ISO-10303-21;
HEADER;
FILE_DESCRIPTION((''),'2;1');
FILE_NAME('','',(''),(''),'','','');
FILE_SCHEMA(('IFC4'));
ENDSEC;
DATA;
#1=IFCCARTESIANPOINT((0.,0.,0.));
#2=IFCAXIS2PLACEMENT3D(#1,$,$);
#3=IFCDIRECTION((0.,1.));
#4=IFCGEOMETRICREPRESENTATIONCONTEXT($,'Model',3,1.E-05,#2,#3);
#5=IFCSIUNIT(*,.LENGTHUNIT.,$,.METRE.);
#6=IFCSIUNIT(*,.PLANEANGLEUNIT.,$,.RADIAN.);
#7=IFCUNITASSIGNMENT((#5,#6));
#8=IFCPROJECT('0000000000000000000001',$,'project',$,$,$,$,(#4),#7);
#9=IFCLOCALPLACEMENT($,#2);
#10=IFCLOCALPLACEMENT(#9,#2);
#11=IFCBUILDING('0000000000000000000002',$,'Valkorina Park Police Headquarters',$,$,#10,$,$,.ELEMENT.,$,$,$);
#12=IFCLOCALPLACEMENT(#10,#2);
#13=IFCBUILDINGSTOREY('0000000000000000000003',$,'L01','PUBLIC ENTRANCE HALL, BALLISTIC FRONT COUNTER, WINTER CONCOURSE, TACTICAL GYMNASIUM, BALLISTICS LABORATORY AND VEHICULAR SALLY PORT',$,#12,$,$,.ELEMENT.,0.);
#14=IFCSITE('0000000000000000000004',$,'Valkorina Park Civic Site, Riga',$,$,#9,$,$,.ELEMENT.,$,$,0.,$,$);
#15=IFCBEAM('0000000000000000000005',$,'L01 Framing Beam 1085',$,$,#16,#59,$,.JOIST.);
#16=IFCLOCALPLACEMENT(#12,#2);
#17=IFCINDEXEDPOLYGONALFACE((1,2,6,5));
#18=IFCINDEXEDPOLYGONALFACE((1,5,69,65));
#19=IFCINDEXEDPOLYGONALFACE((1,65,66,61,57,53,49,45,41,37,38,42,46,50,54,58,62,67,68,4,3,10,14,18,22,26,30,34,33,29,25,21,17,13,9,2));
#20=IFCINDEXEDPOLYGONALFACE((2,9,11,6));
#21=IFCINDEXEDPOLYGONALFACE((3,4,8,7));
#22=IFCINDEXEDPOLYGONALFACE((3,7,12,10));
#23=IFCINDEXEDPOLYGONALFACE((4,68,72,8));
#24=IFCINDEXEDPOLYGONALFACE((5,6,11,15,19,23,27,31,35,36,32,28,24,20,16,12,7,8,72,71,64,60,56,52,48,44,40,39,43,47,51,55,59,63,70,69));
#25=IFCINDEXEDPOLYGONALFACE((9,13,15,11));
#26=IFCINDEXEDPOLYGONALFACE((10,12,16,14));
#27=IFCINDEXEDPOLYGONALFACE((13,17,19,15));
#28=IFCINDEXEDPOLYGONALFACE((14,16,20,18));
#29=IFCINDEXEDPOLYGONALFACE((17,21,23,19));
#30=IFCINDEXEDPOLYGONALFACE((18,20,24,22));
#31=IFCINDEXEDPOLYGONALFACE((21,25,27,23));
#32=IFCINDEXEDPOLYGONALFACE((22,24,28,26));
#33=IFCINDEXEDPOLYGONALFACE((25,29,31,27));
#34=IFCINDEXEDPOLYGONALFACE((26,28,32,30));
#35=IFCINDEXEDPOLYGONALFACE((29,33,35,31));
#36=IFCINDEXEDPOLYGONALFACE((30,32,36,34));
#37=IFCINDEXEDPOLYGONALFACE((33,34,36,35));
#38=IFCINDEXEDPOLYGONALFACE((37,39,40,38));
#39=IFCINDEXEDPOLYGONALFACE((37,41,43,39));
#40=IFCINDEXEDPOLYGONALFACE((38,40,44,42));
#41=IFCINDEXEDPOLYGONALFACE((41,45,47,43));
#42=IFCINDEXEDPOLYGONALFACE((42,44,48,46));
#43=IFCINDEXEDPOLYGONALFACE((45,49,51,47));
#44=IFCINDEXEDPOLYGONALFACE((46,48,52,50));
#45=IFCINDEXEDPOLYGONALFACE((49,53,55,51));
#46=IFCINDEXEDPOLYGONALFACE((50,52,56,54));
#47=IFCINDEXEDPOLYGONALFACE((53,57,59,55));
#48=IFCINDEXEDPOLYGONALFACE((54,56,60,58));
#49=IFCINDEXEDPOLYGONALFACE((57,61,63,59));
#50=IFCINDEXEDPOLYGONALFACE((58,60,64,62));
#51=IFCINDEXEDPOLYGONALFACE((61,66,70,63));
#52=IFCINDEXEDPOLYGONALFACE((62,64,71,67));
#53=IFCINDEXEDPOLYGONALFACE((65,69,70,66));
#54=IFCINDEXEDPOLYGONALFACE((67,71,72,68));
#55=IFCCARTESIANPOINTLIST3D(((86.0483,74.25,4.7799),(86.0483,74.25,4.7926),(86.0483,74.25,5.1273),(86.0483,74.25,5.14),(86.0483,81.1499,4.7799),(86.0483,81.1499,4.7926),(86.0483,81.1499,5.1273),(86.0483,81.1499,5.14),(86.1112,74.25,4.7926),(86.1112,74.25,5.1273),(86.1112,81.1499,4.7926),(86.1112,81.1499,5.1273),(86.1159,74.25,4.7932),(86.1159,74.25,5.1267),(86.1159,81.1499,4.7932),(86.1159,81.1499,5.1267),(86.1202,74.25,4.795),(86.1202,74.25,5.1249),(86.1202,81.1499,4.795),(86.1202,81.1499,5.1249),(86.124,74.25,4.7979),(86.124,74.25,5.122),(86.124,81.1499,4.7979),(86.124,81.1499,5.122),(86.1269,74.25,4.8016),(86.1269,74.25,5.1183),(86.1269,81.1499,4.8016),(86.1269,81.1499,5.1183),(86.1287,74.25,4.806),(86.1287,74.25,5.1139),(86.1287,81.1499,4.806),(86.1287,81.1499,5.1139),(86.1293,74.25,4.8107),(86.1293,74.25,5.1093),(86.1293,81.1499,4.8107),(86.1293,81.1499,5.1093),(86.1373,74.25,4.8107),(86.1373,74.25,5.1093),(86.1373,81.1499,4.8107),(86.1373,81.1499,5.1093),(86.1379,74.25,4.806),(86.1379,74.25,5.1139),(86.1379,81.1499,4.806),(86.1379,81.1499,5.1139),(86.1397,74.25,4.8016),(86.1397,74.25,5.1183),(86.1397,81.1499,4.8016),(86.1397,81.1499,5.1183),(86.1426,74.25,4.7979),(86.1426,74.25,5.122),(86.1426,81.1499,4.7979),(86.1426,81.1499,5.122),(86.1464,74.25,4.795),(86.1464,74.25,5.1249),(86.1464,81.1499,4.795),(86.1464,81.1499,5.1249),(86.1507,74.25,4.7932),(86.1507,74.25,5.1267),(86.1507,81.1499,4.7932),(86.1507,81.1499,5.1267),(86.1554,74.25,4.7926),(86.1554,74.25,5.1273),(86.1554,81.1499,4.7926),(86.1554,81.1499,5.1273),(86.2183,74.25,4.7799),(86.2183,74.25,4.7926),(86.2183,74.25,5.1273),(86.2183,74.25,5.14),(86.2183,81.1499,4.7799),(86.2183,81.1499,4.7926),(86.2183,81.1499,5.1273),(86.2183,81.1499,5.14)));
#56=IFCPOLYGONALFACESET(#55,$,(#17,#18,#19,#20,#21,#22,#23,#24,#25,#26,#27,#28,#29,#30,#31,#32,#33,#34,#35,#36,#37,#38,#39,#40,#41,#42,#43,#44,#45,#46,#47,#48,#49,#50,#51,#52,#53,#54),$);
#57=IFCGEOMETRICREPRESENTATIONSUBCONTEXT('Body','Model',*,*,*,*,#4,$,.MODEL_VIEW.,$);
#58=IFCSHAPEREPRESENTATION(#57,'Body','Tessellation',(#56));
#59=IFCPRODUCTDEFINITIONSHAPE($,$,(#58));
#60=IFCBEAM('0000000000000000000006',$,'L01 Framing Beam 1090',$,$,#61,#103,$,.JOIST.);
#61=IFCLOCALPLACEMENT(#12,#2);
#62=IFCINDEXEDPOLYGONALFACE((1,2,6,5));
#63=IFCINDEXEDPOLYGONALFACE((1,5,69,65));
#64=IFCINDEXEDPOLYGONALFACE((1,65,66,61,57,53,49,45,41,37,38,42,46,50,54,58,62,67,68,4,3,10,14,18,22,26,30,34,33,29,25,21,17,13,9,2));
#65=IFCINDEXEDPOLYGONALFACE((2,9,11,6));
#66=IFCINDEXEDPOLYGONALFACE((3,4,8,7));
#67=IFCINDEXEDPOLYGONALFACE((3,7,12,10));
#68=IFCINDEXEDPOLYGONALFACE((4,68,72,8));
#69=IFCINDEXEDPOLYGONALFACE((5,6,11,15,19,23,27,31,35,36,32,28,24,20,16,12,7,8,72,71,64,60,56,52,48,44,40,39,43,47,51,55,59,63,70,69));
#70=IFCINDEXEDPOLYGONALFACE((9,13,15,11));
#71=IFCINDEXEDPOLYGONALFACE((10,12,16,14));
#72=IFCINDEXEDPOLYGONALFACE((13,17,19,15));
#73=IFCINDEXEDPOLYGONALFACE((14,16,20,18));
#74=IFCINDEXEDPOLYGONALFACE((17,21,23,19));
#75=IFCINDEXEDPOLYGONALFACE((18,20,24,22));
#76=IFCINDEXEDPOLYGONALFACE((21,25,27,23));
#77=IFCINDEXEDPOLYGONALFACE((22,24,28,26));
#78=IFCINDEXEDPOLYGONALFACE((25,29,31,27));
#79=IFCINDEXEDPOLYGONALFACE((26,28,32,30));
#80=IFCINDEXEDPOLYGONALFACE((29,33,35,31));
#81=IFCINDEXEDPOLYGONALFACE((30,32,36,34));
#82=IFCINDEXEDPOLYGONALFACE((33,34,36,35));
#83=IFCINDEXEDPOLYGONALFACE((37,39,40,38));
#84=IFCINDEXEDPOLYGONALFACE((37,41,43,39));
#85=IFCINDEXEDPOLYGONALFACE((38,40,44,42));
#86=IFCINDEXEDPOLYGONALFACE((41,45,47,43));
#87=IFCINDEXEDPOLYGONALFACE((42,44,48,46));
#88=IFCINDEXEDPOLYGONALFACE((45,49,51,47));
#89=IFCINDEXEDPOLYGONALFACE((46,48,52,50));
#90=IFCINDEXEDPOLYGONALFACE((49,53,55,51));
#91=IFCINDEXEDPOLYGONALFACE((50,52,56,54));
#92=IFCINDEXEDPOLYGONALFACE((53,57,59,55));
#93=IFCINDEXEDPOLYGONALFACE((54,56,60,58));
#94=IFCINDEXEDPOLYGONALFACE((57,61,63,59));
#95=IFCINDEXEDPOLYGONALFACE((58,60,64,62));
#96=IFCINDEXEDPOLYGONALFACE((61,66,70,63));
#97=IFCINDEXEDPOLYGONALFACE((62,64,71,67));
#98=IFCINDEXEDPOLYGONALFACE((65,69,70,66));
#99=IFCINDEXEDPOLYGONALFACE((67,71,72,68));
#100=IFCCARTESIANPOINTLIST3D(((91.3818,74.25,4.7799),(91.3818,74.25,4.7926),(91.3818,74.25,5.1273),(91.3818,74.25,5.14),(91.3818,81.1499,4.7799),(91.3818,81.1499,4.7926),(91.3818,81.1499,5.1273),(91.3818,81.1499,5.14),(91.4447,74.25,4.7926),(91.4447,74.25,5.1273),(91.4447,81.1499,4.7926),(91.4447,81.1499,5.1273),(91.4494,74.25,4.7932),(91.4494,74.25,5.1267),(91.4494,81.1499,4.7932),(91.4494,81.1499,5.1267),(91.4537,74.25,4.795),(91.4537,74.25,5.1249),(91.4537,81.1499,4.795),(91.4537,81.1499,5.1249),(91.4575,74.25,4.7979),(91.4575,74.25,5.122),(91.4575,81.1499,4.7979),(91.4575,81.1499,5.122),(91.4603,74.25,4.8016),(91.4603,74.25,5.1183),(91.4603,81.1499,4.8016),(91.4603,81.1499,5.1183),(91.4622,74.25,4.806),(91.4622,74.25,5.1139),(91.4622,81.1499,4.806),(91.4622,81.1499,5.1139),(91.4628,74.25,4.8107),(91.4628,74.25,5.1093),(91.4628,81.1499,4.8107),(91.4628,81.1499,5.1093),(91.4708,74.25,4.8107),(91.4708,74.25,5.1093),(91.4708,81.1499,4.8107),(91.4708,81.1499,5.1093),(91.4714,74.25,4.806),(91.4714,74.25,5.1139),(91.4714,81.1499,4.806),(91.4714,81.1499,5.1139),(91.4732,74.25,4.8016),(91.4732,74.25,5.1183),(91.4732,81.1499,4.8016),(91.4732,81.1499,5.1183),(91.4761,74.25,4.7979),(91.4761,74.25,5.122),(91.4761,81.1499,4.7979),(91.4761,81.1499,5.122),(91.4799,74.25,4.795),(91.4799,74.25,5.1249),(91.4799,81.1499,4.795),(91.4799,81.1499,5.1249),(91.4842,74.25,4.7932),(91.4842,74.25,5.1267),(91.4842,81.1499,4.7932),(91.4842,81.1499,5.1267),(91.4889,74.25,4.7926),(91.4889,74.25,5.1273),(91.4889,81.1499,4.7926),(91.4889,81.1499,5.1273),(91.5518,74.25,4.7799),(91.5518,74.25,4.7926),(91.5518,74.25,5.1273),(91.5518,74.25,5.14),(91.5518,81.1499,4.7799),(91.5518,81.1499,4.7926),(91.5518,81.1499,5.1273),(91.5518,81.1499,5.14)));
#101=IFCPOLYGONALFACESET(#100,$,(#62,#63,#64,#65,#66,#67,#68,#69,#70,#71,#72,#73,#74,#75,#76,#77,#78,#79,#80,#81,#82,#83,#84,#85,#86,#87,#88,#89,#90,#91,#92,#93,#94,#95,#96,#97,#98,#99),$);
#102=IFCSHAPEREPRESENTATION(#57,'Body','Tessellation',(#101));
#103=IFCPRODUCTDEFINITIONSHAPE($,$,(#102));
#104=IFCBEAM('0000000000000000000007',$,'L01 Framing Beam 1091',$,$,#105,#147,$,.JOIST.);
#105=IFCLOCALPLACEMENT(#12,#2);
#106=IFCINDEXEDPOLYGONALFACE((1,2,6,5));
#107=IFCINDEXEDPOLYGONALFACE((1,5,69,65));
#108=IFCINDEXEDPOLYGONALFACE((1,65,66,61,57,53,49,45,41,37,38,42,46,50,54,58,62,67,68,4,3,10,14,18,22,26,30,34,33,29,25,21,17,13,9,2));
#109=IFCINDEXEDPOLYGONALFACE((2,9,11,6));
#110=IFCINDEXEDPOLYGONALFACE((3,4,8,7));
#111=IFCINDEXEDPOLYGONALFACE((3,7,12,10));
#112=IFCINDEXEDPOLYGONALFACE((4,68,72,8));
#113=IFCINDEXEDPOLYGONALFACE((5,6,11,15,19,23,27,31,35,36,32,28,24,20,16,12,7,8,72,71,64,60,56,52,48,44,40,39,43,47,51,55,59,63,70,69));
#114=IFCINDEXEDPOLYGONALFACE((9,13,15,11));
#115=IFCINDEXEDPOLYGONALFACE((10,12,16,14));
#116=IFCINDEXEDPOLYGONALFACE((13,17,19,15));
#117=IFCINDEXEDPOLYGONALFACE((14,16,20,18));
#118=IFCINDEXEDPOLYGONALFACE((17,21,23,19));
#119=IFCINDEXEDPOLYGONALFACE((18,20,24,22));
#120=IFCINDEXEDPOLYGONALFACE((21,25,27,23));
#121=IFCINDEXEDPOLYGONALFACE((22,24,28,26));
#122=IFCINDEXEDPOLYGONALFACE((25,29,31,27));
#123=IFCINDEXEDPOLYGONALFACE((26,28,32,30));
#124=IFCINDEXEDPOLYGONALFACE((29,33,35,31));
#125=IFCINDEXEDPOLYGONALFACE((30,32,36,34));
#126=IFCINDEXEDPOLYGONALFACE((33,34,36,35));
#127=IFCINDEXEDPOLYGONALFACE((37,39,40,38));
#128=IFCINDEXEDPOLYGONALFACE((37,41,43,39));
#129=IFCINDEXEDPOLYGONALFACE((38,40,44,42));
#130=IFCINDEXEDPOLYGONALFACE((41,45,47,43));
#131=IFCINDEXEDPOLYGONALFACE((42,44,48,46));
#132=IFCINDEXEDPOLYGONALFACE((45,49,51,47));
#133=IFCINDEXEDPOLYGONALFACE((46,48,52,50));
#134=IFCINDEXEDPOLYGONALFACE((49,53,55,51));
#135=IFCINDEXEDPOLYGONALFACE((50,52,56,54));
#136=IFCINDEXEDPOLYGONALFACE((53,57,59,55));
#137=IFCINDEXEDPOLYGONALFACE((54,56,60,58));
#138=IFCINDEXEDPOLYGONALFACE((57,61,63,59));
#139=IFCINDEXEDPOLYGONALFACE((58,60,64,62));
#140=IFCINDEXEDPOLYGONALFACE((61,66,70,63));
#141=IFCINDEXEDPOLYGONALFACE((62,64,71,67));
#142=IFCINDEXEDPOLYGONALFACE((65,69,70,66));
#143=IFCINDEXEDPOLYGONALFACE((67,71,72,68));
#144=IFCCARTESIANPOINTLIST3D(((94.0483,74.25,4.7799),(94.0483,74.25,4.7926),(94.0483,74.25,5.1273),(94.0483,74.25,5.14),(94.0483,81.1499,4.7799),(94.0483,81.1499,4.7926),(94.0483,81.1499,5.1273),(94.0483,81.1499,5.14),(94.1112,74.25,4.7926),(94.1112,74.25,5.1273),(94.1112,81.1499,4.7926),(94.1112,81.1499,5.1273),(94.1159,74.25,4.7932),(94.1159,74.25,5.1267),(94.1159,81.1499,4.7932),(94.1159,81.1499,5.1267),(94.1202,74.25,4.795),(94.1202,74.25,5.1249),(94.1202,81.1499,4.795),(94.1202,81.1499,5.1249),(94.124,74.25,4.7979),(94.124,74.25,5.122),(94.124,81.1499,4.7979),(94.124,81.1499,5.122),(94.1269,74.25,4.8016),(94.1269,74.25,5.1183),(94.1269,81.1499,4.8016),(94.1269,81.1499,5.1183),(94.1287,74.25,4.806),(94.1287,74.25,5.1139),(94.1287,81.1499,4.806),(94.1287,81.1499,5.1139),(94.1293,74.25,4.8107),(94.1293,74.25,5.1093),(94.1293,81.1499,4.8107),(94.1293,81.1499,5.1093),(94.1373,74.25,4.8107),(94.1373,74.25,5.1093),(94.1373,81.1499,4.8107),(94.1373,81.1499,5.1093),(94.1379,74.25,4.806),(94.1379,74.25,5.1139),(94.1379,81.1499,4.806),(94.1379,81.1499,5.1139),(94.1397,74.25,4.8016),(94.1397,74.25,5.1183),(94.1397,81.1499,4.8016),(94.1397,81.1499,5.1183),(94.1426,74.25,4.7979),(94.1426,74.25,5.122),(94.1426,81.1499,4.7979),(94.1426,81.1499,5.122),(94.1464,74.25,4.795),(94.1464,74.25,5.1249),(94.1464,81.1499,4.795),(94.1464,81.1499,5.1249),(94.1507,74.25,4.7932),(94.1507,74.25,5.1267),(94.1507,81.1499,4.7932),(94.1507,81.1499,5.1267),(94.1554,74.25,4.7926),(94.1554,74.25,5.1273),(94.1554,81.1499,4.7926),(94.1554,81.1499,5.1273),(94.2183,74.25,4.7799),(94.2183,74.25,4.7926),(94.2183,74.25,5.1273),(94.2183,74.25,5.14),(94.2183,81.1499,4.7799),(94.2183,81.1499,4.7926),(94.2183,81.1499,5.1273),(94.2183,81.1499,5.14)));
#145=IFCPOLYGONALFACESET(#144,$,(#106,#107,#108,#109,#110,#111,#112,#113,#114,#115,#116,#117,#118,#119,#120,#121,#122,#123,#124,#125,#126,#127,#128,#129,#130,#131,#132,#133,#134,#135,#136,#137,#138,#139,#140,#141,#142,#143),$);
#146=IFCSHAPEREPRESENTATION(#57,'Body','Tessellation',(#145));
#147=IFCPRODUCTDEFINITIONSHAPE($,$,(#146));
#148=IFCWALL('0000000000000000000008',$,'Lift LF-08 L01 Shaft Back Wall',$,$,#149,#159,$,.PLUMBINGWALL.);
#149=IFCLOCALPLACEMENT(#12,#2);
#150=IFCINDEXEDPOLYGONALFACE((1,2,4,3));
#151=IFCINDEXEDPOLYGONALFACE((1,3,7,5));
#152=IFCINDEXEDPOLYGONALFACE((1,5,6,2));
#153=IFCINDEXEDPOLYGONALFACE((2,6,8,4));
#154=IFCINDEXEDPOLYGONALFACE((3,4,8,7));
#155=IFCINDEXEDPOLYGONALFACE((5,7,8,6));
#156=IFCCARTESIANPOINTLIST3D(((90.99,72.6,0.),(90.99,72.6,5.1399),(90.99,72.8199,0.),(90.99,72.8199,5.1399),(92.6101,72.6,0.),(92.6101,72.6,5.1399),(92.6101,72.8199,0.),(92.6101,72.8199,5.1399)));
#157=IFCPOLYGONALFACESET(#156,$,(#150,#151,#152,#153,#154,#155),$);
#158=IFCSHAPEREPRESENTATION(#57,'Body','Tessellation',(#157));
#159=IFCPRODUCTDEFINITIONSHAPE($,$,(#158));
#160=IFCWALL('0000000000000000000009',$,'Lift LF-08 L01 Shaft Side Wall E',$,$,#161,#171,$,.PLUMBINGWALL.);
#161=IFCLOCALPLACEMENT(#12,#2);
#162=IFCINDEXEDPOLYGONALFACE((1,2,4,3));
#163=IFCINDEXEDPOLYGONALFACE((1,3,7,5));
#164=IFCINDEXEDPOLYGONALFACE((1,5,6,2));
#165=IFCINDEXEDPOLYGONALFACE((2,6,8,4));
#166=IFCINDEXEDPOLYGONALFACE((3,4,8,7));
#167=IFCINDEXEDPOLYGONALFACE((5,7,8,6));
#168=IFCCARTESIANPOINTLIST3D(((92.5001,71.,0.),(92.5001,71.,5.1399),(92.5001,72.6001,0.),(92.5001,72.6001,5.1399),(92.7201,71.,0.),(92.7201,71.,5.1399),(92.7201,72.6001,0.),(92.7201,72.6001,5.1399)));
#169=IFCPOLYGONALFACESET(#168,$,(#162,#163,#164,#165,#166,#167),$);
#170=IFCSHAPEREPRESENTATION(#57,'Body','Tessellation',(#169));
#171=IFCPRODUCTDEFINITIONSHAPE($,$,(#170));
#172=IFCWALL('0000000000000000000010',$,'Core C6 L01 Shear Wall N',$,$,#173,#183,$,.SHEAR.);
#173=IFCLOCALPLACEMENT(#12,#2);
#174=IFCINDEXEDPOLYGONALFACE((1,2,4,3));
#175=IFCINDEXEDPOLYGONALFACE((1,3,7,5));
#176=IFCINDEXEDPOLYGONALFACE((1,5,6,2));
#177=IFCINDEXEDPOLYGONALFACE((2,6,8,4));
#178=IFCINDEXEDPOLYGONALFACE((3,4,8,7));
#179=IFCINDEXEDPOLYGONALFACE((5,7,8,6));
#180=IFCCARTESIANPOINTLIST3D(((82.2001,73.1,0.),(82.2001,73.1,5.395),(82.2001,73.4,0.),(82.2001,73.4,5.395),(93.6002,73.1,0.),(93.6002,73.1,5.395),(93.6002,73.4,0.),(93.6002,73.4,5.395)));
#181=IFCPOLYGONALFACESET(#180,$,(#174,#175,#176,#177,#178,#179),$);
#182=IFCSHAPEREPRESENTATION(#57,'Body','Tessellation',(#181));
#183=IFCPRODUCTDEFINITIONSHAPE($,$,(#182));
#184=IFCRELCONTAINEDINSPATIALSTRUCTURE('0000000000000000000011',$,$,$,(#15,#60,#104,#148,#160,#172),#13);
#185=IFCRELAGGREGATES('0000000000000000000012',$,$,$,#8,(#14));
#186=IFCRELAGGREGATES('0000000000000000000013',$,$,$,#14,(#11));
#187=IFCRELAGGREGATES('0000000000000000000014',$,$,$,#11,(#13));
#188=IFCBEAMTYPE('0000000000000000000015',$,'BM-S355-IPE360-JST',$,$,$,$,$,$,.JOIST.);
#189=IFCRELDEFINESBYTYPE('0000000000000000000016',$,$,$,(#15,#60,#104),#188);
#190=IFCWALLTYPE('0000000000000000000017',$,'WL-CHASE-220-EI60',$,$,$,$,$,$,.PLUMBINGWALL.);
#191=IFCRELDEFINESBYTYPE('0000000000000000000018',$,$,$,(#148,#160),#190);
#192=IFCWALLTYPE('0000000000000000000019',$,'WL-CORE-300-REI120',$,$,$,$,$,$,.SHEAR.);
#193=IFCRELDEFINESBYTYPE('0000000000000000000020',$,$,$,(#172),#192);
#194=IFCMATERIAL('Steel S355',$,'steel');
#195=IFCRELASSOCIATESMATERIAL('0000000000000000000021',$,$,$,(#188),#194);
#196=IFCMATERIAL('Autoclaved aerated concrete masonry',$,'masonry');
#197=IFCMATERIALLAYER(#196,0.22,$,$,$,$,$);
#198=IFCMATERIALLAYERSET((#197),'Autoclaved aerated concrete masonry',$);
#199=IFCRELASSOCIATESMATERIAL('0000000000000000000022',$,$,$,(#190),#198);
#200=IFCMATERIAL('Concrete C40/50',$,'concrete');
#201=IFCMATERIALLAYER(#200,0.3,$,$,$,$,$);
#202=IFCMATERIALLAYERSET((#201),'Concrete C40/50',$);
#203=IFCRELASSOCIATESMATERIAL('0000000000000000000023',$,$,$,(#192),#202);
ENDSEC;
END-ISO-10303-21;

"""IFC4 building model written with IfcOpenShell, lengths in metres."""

from ifc_helpers import new_model, si_unit, direction, frame, frame_2d, origin, origin_2d, place, context, subcontext, project, spatial, rectangle, i_section, extrude, material, layer, layer_set, material_profile, profile_set, type_object, element, save


model = new_model("IFC4")

# Units and contexts
model_context = context("Model", 3, precision=1e-05, world=origin(), true_north=direction((0.0, 1.0)))
body_context = subcontext(model_context, "Body", "Model", "MODEL_VIEW")
ifc_project = project(units=[si_unit("LENGTHUNIT", "METRE"), si_unit("PLANEANGLEUNIT", "RADIAN")], contexts=[model_context])

# Site, building, storey
site_placement = place(None, origin())
site = spatial("IfcSite", under=ifc_project, at=site_placement, Name="Valkorina Park Civic Site, Riga", CompositionType="ELEMENT", RefElevation=0.0)
building_placement = place(site_placement, origin())
building = spatial("IfcBuilding", under=site, at=building_placement, Name="Valkorina Park Police Headquarters", CompositionType="ELEMENT")
storey_placement = place(building_placement, origin())
storey = spatial("IfcBuildingStorey", under=building, at=storey_placement, Name="L01", Description="PUBLIC ENTRANCE HALL, BALLISTIC FRONT COUNTER, WINTER CONCOURSE, TACTICAL GYMNASIUM, BALLISTICS LABORATORY AND VEHICULAR SALLY PORT", CompositionType="ELEMENT", Elevation=0.0)

# Shared definitions
ifc_material_1 = material(Name="Concrete C40/50", Category="concrete")

# Beams
ifc_material_2 = material(Name="Steel S355", Category="steel")
ifc_material_profile_1 = material_profile(ifc_material_2, i_section(OverallWidth=0.1699, OverallDepth=0.3601, WebThickness=0.0081, FlangeThickness=0.0127, FilletRadius=0.0181, at=origin_2d()), Name="IPE 360")
ifc_profile_set_1 = profile_set([ifc_material_profile_1], Name="Steel S355")
beam_type_1 = type_object("IfcBeamType", Name="BM-S355-IPE360-JST", PredefinedType="JOIST", material=ifc_profile_set_1)
for number, where, z_axis, x_axis, name in (
    (1, (86.1333, 74.25, 4.96), (0.0, 1.0, 0.0), (-1.0, 0.0, 0.0), "L01 Framing Beam 1085"),
    (2, (91.4668, 74.25, 4.96), (0.0, 1.0, 0.0), (-1.0, 0.0, 0.0), "L01 Framing Beam 1090"),
    (3, (94.1333, 74.25, 4.96), (0.0, 1.0, 0.0), (-1.0, 0.0, 0.0), "L01 Framing Beam 1091"),
):
    element("IfcBeam", number, at=place(storey_placement, frame(where, z_axis=z_axis, x_axis=x_axis)), inside=storey, type_object=beam_type_1, Name=name, PredefinedType="JOIST", context=body_context, shape_type="SweptSolid", body=[
        extrude(i_section(OverallWidth=0.1699, OverallDepth=0.3601, WebThickness=0.0081, FlangeThickness=0.0127, FilletRadius=0.0181, at=origin_2d()), origin(), (0.0, 0.0, 1.0), 6.8999),
    ])

# Walls
ifc_material_3 = material(Name="Autoclaved aerated concrete masonry", Category="masonry")
ifc_layer_1 = layer(ifc_material_3, 0.22)
ifc_layer_set_1 = layer_set([ifc_layer_1], Name="Autoclaved aerated concrete masonry")
wall_type_1 = type_object("IfcWallType", Name="WL-CHASE-220-EI60", PredefinedType="PLUMBINGWALL", material=ifc_layer_set_1)
wall_1_placement = place(storey_placement, frame((90.99, 72.71, 0.0), z_axis=(0.0, 0.0, 1.0), x_axis=(1.0, 0.0, 0.0)))
element("IfcWall", 4, at=wall_1_placement, inside=storey, type_object=wall_type_1, Name="Lift LF-08 L01 Shaft Back Wall", PredefinedType="PLUMBINGWALL", context=body_context, shape_type="SweptSolid", body=[
    extrude(rectangle(XDim=1.6201, YDim=0.22, at=frame_2d((0.8101, 0.0))), origin(), (0.0, 0.0, 1.0), 5.1399),
])
wall_2_placement = place(storey_placement, frame((92.6101, 71.0, 0.0), z_axis=(0.0, 0.0, 1.0), x_axis=(0.0, 1.0, 0.0)))
element("IfcWall", 5, at=wall_2_placement, inside=storey, type_object=wall_type_1, Name="Lift LF-08 L01 Shaft Side Wall E", PredefinedType="PLUMBINGWALL", context=body_context, shape_type="SweptSolid", body=[
    extrude(rectangle(XDim=1.6001, YDim=0.22, at=frame_2d((0.8, 0.0))), origin(), (0.0, 0.0, 1.0), 5.1399),
])
ifc_layer_2 = layer(ifc_material_1, 0.3)
ifc_layer_set_2 = layer_set([ifc_layer_2], Name="Concrete C40/50")
wall_type_2 = type_object("IfcWallType", Name="WL-CORE-300-REI120", PredefinedType="SHEAR", material=ifc_layer_set_2)
wall_3_placement = place(storey_placement, frame((82.2, 73.25, 0.0), z_axis=(0.0, 0.0, 1.0), x_axis=(1.0, 0.0, 0.0)))
element("IfcWall", 6, at=wall_3_placement, inside=storey, type_object=wall_type_2, Name="Core C6 L01 Shear Wall N", PredefinedType="SHEAR", context=body_context, shape_type="SweptSolid", body=[
    extrude(rectangle(XDim=11.4001, YDim=0.3, at=frame_2d((5.7002, 0.0))), origin(), (0.0, 0.0, 1.0), 5.395),
])

save(model, "model.ifc")
